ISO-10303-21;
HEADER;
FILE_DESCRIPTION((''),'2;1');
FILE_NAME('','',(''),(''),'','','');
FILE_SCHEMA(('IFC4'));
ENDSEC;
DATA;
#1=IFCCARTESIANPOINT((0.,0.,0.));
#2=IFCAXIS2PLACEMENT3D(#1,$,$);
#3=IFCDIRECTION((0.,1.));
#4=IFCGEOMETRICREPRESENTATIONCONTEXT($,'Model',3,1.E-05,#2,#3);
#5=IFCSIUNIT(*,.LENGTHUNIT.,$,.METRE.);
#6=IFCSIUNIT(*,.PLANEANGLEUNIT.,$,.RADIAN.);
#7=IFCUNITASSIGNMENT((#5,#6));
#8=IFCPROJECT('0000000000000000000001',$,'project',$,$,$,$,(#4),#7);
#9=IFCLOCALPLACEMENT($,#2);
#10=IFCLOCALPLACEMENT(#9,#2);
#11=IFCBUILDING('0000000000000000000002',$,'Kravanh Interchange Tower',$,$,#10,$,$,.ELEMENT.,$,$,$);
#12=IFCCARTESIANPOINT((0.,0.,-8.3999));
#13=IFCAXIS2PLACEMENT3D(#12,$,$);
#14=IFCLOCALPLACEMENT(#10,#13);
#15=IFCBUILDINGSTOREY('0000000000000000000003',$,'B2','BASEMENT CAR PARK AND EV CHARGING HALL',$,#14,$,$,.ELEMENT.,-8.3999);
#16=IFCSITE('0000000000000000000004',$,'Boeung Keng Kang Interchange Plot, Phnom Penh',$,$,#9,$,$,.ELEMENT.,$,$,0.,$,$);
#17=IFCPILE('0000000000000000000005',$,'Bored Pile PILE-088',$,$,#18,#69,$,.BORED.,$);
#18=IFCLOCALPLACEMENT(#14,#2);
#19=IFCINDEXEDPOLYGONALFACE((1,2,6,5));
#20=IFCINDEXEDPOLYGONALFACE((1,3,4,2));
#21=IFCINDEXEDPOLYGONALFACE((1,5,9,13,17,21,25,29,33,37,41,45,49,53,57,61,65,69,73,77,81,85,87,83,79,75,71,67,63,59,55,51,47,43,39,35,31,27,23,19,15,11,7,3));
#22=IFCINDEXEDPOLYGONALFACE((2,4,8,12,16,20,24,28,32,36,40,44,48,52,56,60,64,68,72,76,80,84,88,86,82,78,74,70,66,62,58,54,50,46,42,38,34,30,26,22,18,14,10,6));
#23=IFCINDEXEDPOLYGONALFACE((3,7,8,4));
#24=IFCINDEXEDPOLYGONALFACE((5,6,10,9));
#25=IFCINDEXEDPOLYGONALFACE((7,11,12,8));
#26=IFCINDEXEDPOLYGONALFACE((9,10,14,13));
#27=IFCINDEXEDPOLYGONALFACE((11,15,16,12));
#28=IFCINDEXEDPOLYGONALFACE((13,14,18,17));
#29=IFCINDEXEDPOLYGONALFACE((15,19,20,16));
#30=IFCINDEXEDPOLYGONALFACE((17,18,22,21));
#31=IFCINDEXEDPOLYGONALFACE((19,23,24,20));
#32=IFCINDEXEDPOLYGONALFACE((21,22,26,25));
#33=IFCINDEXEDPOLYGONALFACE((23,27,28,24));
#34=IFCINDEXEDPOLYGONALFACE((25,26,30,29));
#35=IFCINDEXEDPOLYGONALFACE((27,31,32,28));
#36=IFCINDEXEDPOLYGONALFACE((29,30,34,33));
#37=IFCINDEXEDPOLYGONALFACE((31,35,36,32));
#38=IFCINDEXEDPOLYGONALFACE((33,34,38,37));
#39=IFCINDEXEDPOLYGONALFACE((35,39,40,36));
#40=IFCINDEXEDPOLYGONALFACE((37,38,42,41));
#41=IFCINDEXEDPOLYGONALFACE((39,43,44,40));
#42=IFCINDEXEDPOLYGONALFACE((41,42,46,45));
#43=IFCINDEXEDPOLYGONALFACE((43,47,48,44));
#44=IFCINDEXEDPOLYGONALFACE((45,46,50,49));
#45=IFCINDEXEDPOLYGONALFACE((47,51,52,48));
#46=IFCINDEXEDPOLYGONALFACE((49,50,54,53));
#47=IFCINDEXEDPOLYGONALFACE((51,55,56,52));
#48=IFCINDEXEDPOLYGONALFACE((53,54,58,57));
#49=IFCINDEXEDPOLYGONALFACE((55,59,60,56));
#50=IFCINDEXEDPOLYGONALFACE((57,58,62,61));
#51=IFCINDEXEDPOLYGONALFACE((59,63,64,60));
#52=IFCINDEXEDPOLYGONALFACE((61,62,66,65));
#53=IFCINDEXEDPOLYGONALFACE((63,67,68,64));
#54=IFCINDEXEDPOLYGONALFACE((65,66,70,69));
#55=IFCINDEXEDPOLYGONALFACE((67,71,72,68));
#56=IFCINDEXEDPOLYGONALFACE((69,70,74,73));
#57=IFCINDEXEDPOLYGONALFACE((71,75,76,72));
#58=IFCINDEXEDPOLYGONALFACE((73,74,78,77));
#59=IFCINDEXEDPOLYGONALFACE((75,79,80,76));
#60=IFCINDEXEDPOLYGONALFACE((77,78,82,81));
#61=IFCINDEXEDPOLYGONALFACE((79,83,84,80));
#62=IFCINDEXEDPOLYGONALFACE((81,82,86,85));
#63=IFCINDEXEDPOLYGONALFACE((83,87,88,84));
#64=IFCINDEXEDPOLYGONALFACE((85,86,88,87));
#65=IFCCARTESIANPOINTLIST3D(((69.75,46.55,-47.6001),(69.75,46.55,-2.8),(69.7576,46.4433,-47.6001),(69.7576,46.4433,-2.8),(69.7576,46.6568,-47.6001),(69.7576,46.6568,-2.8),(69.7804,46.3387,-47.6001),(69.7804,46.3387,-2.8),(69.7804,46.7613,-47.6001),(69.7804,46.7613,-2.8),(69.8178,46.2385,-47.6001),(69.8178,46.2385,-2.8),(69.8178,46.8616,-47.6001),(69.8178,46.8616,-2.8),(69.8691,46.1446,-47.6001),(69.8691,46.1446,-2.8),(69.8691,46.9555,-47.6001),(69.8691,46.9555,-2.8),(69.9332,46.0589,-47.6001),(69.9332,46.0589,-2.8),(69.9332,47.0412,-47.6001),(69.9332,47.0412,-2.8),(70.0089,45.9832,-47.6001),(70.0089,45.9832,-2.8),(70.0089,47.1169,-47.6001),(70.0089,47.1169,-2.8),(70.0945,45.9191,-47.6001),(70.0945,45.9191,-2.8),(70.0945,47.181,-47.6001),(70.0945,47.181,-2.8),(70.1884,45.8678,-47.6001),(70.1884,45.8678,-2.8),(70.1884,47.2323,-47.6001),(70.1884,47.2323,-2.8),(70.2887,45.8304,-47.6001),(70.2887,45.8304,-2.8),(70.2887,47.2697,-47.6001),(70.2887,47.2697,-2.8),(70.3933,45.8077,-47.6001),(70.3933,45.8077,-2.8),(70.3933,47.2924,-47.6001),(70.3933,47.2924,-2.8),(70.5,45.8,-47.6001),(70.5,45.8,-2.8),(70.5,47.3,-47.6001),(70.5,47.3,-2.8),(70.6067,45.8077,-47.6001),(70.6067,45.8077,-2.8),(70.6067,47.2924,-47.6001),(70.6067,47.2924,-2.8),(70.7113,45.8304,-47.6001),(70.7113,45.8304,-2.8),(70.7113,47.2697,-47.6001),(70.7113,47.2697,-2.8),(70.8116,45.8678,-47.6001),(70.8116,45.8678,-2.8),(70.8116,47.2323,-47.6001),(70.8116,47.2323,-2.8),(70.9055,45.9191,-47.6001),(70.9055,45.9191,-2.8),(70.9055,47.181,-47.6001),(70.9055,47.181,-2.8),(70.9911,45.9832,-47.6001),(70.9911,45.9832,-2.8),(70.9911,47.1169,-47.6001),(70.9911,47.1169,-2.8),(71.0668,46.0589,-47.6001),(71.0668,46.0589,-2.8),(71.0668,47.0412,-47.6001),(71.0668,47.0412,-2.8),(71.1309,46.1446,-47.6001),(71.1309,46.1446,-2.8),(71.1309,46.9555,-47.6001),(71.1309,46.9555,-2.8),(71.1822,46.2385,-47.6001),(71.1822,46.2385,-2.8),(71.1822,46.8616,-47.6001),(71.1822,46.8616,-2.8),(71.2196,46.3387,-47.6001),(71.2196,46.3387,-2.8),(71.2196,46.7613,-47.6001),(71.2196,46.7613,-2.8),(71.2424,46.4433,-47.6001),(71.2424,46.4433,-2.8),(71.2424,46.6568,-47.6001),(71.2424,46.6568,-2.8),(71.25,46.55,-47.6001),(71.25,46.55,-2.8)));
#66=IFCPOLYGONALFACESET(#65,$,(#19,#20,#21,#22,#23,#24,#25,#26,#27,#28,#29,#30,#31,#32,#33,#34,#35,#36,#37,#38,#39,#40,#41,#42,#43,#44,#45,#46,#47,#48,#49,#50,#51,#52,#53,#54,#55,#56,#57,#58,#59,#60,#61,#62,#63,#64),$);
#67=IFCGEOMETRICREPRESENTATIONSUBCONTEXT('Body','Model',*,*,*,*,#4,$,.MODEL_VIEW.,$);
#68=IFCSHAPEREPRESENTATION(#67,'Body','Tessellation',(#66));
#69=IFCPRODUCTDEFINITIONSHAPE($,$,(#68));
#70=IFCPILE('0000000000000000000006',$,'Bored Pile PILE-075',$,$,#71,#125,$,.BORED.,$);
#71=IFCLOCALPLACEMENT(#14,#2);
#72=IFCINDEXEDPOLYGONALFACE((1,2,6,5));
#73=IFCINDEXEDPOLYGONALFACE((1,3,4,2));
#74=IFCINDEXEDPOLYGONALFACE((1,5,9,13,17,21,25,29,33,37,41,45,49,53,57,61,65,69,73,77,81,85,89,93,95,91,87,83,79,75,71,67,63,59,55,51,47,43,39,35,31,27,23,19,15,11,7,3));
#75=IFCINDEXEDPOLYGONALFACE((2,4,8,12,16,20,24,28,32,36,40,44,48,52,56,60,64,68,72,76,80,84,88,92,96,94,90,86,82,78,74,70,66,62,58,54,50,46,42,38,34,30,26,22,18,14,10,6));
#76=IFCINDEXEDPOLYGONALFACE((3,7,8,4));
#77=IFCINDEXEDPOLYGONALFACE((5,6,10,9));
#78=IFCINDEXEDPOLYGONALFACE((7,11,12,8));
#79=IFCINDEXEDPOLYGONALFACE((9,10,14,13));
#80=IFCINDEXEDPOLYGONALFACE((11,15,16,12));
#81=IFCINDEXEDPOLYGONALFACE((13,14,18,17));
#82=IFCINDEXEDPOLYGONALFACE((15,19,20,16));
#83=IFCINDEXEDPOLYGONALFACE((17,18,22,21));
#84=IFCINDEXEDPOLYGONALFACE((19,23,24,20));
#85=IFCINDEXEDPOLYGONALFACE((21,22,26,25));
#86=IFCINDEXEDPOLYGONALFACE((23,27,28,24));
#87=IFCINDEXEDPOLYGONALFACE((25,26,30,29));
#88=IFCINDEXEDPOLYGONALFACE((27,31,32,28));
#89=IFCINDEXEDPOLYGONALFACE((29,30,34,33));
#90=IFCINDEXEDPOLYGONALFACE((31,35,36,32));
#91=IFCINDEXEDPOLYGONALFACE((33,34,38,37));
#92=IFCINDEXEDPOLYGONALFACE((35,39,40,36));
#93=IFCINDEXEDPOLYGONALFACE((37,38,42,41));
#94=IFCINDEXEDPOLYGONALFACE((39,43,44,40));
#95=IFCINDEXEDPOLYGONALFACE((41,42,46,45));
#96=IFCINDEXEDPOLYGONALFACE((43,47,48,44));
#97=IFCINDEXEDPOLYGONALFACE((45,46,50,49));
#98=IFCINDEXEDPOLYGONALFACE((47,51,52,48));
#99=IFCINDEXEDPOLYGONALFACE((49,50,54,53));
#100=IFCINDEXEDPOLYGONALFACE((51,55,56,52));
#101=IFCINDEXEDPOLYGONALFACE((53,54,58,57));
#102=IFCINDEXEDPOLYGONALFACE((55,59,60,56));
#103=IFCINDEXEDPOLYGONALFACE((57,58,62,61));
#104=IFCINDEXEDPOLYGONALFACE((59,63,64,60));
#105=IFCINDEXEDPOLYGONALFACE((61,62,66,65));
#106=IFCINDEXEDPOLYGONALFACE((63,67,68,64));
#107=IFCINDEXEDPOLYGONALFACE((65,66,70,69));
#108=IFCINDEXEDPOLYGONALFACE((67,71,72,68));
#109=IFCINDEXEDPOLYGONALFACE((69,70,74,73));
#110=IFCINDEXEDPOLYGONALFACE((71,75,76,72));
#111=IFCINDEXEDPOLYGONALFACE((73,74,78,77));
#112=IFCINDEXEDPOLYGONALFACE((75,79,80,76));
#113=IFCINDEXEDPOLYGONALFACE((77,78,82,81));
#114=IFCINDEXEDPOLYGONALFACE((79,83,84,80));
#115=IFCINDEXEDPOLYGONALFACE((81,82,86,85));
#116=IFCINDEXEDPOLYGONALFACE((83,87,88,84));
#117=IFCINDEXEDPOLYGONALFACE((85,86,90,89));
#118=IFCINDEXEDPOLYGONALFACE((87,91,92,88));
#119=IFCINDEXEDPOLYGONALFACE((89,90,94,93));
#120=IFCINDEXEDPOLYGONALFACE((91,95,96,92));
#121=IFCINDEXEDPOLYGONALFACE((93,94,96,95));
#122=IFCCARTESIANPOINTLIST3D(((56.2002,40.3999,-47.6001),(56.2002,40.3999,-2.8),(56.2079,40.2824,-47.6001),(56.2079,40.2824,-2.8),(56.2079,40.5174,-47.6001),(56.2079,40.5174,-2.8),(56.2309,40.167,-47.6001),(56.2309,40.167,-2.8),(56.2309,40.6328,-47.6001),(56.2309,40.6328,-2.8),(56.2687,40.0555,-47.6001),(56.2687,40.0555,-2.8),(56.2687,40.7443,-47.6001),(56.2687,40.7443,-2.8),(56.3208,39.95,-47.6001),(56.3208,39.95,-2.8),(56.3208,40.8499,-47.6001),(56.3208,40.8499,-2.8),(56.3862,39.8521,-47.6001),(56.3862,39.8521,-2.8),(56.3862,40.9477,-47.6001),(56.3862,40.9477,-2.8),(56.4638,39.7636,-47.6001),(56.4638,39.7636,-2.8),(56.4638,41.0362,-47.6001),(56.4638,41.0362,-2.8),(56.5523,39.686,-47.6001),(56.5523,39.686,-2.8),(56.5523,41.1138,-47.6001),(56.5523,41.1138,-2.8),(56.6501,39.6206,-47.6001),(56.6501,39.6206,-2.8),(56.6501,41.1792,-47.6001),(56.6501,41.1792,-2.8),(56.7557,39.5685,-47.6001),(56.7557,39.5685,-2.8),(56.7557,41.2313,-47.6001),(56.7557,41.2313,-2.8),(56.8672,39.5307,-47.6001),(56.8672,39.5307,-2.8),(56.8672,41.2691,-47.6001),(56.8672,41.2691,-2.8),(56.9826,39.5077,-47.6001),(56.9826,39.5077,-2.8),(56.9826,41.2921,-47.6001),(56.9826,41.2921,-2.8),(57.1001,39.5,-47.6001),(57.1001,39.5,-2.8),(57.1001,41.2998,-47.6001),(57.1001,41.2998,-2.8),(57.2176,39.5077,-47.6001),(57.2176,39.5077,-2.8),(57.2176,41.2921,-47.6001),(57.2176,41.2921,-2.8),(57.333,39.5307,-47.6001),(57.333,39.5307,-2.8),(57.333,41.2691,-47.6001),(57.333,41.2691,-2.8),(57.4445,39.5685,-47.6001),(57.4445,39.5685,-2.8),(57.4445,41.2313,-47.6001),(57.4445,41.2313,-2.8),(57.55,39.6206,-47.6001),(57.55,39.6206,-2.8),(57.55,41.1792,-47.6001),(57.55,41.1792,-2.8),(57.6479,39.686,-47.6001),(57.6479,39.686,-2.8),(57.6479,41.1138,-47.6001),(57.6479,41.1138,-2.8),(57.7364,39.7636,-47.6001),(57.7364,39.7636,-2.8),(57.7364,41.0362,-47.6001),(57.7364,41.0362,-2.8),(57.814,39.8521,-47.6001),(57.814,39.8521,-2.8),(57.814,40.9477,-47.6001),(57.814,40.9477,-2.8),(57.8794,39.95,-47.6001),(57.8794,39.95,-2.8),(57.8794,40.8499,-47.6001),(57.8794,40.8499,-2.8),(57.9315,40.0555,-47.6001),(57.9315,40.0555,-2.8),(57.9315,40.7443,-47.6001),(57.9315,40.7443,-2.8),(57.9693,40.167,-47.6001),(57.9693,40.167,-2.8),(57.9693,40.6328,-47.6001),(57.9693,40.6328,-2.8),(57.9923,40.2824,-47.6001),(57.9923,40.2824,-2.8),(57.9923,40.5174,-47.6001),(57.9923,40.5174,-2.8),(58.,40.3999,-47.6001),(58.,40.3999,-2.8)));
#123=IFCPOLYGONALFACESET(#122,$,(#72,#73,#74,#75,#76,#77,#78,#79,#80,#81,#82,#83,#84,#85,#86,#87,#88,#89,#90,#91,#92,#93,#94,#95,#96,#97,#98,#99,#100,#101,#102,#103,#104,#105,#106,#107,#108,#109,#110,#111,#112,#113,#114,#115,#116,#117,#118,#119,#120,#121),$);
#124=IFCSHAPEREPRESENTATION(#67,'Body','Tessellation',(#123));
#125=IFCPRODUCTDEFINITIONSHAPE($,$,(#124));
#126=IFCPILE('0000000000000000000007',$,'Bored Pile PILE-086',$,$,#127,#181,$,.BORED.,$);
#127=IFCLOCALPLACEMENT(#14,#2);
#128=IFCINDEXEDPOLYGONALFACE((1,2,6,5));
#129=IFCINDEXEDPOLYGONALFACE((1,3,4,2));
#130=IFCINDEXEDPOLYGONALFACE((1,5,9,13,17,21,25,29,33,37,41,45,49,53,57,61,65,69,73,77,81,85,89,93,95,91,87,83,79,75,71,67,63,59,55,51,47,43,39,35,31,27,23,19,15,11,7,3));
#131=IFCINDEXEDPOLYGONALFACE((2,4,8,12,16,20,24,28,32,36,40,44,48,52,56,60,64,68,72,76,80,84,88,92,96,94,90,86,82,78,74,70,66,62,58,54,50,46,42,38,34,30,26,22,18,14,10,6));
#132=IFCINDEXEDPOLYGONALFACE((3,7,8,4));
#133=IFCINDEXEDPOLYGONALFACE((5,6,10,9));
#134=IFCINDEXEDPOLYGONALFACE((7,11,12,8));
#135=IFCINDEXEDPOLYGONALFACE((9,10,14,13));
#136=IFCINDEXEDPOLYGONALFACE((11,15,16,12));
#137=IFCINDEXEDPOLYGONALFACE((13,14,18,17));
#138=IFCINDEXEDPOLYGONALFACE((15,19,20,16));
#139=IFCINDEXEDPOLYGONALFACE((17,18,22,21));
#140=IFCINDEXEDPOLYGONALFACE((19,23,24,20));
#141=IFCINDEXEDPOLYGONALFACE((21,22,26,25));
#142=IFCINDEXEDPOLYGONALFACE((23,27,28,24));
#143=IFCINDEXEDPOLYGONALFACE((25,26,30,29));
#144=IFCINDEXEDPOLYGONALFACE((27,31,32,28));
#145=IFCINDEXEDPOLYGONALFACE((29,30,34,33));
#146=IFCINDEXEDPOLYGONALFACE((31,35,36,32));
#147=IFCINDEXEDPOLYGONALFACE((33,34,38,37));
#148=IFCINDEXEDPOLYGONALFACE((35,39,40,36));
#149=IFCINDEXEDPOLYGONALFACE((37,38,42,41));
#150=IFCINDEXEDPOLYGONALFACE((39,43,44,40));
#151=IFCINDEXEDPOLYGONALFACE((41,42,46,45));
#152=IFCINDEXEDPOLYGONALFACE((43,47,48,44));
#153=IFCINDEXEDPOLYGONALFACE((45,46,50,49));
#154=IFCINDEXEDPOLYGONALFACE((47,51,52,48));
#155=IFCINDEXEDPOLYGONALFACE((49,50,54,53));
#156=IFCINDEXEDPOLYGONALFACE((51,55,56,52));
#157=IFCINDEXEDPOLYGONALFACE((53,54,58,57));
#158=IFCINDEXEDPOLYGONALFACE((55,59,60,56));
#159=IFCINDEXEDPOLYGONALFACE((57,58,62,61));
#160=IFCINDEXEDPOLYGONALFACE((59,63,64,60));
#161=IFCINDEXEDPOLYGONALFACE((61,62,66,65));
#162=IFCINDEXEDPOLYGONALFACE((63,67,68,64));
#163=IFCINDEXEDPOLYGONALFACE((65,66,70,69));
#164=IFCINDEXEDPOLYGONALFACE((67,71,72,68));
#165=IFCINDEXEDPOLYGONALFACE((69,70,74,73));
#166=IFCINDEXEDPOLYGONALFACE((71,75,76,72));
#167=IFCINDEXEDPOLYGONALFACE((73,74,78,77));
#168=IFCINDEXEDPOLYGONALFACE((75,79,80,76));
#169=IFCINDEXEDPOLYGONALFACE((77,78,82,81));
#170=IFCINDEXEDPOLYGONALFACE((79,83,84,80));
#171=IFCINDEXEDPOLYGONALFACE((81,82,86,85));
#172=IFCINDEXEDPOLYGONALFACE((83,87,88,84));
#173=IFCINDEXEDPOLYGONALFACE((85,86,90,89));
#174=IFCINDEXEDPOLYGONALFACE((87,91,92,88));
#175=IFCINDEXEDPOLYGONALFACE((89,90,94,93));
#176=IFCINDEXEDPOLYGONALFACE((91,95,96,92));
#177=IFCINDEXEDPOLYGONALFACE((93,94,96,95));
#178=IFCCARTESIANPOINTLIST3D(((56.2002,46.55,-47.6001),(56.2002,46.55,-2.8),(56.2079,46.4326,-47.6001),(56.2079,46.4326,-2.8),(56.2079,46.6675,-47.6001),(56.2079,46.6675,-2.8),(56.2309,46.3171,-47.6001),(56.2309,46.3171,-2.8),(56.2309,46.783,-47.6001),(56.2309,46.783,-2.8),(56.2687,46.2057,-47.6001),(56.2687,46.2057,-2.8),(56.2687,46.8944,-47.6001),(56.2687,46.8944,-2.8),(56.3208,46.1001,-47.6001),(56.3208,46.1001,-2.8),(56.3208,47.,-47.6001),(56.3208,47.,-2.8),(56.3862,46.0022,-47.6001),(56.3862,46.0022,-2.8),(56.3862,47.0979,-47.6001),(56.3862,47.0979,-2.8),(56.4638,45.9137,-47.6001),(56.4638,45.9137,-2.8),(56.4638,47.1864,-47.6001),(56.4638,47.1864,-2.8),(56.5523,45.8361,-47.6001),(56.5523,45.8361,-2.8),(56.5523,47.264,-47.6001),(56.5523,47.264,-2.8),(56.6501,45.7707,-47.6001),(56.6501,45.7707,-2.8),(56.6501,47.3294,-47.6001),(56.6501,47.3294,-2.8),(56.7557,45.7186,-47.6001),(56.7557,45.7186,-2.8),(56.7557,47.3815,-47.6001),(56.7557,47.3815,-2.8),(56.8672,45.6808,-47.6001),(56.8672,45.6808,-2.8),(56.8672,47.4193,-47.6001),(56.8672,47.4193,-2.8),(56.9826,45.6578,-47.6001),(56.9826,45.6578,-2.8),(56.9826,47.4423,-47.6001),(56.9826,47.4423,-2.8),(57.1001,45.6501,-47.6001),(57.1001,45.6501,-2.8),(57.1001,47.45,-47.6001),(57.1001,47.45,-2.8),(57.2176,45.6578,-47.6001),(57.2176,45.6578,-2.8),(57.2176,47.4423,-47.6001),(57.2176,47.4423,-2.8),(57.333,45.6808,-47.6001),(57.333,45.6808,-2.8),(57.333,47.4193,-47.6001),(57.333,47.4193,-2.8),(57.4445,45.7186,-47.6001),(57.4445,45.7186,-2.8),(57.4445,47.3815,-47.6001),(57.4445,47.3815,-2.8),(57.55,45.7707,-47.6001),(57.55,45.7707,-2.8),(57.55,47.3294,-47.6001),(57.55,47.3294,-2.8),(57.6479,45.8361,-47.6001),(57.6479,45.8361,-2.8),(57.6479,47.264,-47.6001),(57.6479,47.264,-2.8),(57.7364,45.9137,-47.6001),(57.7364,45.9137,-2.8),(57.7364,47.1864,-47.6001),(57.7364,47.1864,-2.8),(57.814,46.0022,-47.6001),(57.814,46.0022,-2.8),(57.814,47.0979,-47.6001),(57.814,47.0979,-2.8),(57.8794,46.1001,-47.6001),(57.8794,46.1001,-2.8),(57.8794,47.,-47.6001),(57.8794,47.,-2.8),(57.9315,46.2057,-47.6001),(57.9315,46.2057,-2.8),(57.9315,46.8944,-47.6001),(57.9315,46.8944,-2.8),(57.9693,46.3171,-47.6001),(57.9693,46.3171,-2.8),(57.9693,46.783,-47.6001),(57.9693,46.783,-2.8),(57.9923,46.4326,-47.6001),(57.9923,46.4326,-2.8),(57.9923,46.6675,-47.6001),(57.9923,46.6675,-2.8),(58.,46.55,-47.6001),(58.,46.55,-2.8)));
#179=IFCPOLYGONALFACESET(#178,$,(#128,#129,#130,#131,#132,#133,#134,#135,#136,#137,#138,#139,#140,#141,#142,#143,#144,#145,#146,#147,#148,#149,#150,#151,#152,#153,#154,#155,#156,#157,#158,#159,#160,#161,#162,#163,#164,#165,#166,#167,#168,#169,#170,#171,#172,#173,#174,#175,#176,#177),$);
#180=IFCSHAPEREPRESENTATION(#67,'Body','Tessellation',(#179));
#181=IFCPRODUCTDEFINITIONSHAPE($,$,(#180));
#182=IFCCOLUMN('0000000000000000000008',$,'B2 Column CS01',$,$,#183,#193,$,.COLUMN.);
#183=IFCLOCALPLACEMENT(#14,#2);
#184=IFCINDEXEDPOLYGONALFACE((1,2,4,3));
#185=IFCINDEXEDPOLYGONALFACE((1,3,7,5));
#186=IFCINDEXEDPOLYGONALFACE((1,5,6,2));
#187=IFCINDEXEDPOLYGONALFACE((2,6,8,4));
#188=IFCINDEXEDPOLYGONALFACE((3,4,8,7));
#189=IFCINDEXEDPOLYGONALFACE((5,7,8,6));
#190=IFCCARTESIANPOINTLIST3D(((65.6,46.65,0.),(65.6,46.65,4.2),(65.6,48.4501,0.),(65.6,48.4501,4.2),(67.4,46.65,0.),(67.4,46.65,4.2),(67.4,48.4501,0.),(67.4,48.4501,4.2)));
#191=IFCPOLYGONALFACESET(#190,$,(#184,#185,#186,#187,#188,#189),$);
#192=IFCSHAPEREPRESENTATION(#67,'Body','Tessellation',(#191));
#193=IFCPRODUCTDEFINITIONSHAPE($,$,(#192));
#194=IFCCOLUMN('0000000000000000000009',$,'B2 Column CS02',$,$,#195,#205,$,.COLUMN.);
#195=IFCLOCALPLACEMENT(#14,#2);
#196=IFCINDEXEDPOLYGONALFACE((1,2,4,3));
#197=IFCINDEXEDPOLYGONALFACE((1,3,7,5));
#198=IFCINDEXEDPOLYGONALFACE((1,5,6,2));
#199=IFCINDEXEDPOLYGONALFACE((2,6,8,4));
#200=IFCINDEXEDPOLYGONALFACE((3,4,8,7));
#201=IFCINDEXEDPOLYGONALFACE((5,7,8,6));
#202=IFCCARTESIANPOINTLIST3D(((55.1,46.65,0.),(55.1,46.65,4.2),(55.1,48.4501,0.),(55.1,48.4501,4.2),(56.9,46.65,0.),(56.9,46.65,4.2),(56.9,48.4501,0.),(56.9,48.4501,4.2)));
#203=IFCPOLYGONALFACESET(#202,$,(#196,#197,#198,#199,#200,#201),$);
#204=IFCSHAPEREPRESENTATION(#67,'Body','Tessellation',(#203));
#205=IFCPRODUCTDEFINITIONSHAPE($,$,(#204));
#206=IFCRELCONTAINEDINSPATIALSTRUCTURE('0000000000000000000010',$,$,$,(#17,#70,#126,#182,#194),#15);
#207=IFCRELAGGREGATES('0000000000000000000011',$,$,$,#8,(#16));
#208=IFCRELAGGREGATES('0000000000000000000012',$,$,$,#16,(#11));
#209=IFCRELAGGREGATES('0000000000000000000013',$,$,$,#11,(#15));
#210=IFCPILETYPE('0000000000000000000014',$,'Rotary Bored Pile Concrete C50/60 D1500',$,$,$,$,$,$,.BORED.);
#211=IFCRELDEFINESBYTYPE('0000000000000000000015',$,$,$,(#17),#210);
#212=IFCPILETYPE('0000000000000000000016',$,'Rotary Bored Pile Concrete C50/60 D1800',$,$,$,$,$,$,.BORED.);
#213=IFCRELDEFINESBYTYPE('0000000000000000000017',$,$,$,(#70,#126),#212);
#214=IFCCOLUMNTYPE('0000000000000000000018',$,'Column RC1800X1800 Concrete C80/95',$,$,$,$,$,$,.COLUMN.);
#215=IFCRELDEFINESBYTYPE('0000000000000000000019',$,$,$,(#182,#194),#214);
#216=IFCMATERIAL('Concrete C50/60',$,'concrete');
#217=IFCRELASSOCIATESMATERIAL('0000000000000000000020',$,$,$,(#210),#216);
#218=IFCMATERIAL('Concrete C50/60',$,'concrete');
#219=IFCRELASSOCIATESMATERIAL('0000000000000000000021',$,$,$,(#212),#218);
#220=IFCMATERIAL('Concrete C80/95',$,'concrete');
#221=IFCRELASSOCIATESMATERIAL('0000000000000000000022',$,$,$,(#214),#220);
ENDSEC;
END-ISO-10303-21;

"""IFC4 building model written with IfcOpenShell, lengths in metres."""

from ifc_helpers import new_model, si_unit, direction, frame, origin, origin_2d, place, context, subcontext, project, spatial, rectangle, circle, extrude, material, material_profile, profile_set, type_object, element, save


model = new_model("IFC4")

# Units and contexts
model_context = context("Model", 3, precision=1e-05, world=origin(), true_north=direction((0.0, 1.0)))
body_context = subcontext(model_context, "Body", "Model", "MODEL_VIEW")
ifc_project = project(units=[si_unit("LENGTHUNIT", "METRE"), si_unit("PLANEANGLEUNIT", "RADIAN")], contexts=[model_context])

# Site, building, storey
site_placement = place(None, origin())
site = spatial("IfcSite", under=ifc_project, at=site_placement, Name="Boeung Keng Kang Interchange Plot, Phnom Penh", CompositionType="ELEMENT", RefElevation=0.0)
building_placement = place(site_placement, origin())
building = spatial("IfcBuilding", under=site, at=building_placement, Name="Kravanh Interchange Tower", CompositionType="ELEMENT")
storey_placement = place(building_placement, frame((0.0, 0.0, -8.3999)))
storey = spatial("IfcBuildingStorey", under=building, at=storey_placement, Name="B2", Description="BASEMENT CAR PARK AND EV CHARGING HALL", CompositionType="ELEMENT", Elevation=-8.3999)

# Piles
ifc_material_1 = material(Name="Concrete C50/60", Category="concrete")
ifc_material_profile_1 = material_profile(ifc_material_1, circle(Radius=0.75, at=origin_2d()), Name="PILE-D1500")
ifc_profile_set_1 = profile_set([ifc_material_profile_1], Name="Concrete C50/60")
pile_type_1 = type_object("IfcPileType", Name="Rotary Bored Pile Concrete C50/60 D1500", PredefinedType="BORED", material=ifc_profile_set_1)
for number, where, z_axis, x_axis, name in (
    (1, (70.5, 46.55, -2.8), (0.0, 0.0, -1.0), (1.0, 0.0, 0.0), "Bored Pile PILE-088"),
):
    element("IfcPile", number, at=place(storey_placement, frame(where, z_axis=z_axis, x_axis=x_axis)), inside=storey, type_object=pile_type_1, Name=name, PredefinedType="BORED", context=body_context, shape_type="SweptSolid", body=[
        extrude(circle(Radius=0.75, at=origin_2d()), origin(), (0.0, 0.0, 1.0), 44.8),
    ])
ifc_material_2 = material(Name="Concrete C50/60", Category="concrete")
ifc_material_profile_2 = material_profile(ifc_material_2, circle(Radius=0.8999, at=origin_2d()), Name="PILE-D1800")
ifc_profile_set_2 = profile_set([ifc_material_profile_2], Name="Concrete C50/60")
pile_type_2 = type_object("IfcPileType", Name="Rotary Bored Pile Concrete C50/60 D1800", PredefinedType="BORED", material=ifc_profile_set_2)
for number, where, z_axis, x_axis, name in (
    (2, (57.1001, 40.3999, -2.8), (0.0, 0.0, -1.0), (1.0, 0.0, 0.0), "Bored Pile PILE-075"),
    (3, (57.1001, 46.55, -2.8), (0.0, 0.0, -1.0), (1.0, 0.0, 0.0), "Bored Pile PILE-086"),
):
    element("IfcPile", number, at=place(storey_placement, frame(where, z_axis=z_axis, x_axis=x_axis)), inside=storey, type_object=pile_type_2, Name=name, PredefinedType="BORED", context=body_context, shape_type="SweptSolid", body=[
        extrude(circle(Radius=0.8999, at=origin_2d()), origin(), (0.0, 0.0, 1.0), 44.8),
    ])

# Columns
ifc_material_3 = material(Name="Concrete C80/95", Category="concrete")
ifc_material_profile_3 = material_profile(ifc_material_3, rectangle(XDim=1.8, YDim=1.8, at=origin_2d()), Name="RC1800X1800")
ifc_profile_set_3 = profile_set([ifc_material_profile_3], Name="Concrete C80/95")
column_type_1 = type_object("IfcColumnType", Name="Column RC1800X1800 Concrete C80/95", PredefinedType="COLUMN", material=ifc_profile_set_3)
for number, where, z_axis, x_axis, name in (
    (4, (66.5, 47.55, 0.0), (0.0, 0.0, 1.0), (1.0, 0.0, 0.0), "B2 Column CS01"),
    (5, (56.0, 47.55, 0.0), (0.0, 0.0, 1.0), (1.0, 0.0, 0.0), "B2 Column CS02"),
):
    element("IfcColumn", number, at=place(storey_placement, frame(where, z_axis=z_axis, x_axis=x_axis)), inside=storey, type_object=column_type_1, Name=name, PredefinedType="COLUMN", context=body_context, shape_type="SweptSolid", body=[
        extrude(rectangle(XDim=1.8, YDim=1.8, at=origin_2d()), origin(), (0.0, 0.0, 1.0), 4.2),
    ])

save(model, "model.ifc")
